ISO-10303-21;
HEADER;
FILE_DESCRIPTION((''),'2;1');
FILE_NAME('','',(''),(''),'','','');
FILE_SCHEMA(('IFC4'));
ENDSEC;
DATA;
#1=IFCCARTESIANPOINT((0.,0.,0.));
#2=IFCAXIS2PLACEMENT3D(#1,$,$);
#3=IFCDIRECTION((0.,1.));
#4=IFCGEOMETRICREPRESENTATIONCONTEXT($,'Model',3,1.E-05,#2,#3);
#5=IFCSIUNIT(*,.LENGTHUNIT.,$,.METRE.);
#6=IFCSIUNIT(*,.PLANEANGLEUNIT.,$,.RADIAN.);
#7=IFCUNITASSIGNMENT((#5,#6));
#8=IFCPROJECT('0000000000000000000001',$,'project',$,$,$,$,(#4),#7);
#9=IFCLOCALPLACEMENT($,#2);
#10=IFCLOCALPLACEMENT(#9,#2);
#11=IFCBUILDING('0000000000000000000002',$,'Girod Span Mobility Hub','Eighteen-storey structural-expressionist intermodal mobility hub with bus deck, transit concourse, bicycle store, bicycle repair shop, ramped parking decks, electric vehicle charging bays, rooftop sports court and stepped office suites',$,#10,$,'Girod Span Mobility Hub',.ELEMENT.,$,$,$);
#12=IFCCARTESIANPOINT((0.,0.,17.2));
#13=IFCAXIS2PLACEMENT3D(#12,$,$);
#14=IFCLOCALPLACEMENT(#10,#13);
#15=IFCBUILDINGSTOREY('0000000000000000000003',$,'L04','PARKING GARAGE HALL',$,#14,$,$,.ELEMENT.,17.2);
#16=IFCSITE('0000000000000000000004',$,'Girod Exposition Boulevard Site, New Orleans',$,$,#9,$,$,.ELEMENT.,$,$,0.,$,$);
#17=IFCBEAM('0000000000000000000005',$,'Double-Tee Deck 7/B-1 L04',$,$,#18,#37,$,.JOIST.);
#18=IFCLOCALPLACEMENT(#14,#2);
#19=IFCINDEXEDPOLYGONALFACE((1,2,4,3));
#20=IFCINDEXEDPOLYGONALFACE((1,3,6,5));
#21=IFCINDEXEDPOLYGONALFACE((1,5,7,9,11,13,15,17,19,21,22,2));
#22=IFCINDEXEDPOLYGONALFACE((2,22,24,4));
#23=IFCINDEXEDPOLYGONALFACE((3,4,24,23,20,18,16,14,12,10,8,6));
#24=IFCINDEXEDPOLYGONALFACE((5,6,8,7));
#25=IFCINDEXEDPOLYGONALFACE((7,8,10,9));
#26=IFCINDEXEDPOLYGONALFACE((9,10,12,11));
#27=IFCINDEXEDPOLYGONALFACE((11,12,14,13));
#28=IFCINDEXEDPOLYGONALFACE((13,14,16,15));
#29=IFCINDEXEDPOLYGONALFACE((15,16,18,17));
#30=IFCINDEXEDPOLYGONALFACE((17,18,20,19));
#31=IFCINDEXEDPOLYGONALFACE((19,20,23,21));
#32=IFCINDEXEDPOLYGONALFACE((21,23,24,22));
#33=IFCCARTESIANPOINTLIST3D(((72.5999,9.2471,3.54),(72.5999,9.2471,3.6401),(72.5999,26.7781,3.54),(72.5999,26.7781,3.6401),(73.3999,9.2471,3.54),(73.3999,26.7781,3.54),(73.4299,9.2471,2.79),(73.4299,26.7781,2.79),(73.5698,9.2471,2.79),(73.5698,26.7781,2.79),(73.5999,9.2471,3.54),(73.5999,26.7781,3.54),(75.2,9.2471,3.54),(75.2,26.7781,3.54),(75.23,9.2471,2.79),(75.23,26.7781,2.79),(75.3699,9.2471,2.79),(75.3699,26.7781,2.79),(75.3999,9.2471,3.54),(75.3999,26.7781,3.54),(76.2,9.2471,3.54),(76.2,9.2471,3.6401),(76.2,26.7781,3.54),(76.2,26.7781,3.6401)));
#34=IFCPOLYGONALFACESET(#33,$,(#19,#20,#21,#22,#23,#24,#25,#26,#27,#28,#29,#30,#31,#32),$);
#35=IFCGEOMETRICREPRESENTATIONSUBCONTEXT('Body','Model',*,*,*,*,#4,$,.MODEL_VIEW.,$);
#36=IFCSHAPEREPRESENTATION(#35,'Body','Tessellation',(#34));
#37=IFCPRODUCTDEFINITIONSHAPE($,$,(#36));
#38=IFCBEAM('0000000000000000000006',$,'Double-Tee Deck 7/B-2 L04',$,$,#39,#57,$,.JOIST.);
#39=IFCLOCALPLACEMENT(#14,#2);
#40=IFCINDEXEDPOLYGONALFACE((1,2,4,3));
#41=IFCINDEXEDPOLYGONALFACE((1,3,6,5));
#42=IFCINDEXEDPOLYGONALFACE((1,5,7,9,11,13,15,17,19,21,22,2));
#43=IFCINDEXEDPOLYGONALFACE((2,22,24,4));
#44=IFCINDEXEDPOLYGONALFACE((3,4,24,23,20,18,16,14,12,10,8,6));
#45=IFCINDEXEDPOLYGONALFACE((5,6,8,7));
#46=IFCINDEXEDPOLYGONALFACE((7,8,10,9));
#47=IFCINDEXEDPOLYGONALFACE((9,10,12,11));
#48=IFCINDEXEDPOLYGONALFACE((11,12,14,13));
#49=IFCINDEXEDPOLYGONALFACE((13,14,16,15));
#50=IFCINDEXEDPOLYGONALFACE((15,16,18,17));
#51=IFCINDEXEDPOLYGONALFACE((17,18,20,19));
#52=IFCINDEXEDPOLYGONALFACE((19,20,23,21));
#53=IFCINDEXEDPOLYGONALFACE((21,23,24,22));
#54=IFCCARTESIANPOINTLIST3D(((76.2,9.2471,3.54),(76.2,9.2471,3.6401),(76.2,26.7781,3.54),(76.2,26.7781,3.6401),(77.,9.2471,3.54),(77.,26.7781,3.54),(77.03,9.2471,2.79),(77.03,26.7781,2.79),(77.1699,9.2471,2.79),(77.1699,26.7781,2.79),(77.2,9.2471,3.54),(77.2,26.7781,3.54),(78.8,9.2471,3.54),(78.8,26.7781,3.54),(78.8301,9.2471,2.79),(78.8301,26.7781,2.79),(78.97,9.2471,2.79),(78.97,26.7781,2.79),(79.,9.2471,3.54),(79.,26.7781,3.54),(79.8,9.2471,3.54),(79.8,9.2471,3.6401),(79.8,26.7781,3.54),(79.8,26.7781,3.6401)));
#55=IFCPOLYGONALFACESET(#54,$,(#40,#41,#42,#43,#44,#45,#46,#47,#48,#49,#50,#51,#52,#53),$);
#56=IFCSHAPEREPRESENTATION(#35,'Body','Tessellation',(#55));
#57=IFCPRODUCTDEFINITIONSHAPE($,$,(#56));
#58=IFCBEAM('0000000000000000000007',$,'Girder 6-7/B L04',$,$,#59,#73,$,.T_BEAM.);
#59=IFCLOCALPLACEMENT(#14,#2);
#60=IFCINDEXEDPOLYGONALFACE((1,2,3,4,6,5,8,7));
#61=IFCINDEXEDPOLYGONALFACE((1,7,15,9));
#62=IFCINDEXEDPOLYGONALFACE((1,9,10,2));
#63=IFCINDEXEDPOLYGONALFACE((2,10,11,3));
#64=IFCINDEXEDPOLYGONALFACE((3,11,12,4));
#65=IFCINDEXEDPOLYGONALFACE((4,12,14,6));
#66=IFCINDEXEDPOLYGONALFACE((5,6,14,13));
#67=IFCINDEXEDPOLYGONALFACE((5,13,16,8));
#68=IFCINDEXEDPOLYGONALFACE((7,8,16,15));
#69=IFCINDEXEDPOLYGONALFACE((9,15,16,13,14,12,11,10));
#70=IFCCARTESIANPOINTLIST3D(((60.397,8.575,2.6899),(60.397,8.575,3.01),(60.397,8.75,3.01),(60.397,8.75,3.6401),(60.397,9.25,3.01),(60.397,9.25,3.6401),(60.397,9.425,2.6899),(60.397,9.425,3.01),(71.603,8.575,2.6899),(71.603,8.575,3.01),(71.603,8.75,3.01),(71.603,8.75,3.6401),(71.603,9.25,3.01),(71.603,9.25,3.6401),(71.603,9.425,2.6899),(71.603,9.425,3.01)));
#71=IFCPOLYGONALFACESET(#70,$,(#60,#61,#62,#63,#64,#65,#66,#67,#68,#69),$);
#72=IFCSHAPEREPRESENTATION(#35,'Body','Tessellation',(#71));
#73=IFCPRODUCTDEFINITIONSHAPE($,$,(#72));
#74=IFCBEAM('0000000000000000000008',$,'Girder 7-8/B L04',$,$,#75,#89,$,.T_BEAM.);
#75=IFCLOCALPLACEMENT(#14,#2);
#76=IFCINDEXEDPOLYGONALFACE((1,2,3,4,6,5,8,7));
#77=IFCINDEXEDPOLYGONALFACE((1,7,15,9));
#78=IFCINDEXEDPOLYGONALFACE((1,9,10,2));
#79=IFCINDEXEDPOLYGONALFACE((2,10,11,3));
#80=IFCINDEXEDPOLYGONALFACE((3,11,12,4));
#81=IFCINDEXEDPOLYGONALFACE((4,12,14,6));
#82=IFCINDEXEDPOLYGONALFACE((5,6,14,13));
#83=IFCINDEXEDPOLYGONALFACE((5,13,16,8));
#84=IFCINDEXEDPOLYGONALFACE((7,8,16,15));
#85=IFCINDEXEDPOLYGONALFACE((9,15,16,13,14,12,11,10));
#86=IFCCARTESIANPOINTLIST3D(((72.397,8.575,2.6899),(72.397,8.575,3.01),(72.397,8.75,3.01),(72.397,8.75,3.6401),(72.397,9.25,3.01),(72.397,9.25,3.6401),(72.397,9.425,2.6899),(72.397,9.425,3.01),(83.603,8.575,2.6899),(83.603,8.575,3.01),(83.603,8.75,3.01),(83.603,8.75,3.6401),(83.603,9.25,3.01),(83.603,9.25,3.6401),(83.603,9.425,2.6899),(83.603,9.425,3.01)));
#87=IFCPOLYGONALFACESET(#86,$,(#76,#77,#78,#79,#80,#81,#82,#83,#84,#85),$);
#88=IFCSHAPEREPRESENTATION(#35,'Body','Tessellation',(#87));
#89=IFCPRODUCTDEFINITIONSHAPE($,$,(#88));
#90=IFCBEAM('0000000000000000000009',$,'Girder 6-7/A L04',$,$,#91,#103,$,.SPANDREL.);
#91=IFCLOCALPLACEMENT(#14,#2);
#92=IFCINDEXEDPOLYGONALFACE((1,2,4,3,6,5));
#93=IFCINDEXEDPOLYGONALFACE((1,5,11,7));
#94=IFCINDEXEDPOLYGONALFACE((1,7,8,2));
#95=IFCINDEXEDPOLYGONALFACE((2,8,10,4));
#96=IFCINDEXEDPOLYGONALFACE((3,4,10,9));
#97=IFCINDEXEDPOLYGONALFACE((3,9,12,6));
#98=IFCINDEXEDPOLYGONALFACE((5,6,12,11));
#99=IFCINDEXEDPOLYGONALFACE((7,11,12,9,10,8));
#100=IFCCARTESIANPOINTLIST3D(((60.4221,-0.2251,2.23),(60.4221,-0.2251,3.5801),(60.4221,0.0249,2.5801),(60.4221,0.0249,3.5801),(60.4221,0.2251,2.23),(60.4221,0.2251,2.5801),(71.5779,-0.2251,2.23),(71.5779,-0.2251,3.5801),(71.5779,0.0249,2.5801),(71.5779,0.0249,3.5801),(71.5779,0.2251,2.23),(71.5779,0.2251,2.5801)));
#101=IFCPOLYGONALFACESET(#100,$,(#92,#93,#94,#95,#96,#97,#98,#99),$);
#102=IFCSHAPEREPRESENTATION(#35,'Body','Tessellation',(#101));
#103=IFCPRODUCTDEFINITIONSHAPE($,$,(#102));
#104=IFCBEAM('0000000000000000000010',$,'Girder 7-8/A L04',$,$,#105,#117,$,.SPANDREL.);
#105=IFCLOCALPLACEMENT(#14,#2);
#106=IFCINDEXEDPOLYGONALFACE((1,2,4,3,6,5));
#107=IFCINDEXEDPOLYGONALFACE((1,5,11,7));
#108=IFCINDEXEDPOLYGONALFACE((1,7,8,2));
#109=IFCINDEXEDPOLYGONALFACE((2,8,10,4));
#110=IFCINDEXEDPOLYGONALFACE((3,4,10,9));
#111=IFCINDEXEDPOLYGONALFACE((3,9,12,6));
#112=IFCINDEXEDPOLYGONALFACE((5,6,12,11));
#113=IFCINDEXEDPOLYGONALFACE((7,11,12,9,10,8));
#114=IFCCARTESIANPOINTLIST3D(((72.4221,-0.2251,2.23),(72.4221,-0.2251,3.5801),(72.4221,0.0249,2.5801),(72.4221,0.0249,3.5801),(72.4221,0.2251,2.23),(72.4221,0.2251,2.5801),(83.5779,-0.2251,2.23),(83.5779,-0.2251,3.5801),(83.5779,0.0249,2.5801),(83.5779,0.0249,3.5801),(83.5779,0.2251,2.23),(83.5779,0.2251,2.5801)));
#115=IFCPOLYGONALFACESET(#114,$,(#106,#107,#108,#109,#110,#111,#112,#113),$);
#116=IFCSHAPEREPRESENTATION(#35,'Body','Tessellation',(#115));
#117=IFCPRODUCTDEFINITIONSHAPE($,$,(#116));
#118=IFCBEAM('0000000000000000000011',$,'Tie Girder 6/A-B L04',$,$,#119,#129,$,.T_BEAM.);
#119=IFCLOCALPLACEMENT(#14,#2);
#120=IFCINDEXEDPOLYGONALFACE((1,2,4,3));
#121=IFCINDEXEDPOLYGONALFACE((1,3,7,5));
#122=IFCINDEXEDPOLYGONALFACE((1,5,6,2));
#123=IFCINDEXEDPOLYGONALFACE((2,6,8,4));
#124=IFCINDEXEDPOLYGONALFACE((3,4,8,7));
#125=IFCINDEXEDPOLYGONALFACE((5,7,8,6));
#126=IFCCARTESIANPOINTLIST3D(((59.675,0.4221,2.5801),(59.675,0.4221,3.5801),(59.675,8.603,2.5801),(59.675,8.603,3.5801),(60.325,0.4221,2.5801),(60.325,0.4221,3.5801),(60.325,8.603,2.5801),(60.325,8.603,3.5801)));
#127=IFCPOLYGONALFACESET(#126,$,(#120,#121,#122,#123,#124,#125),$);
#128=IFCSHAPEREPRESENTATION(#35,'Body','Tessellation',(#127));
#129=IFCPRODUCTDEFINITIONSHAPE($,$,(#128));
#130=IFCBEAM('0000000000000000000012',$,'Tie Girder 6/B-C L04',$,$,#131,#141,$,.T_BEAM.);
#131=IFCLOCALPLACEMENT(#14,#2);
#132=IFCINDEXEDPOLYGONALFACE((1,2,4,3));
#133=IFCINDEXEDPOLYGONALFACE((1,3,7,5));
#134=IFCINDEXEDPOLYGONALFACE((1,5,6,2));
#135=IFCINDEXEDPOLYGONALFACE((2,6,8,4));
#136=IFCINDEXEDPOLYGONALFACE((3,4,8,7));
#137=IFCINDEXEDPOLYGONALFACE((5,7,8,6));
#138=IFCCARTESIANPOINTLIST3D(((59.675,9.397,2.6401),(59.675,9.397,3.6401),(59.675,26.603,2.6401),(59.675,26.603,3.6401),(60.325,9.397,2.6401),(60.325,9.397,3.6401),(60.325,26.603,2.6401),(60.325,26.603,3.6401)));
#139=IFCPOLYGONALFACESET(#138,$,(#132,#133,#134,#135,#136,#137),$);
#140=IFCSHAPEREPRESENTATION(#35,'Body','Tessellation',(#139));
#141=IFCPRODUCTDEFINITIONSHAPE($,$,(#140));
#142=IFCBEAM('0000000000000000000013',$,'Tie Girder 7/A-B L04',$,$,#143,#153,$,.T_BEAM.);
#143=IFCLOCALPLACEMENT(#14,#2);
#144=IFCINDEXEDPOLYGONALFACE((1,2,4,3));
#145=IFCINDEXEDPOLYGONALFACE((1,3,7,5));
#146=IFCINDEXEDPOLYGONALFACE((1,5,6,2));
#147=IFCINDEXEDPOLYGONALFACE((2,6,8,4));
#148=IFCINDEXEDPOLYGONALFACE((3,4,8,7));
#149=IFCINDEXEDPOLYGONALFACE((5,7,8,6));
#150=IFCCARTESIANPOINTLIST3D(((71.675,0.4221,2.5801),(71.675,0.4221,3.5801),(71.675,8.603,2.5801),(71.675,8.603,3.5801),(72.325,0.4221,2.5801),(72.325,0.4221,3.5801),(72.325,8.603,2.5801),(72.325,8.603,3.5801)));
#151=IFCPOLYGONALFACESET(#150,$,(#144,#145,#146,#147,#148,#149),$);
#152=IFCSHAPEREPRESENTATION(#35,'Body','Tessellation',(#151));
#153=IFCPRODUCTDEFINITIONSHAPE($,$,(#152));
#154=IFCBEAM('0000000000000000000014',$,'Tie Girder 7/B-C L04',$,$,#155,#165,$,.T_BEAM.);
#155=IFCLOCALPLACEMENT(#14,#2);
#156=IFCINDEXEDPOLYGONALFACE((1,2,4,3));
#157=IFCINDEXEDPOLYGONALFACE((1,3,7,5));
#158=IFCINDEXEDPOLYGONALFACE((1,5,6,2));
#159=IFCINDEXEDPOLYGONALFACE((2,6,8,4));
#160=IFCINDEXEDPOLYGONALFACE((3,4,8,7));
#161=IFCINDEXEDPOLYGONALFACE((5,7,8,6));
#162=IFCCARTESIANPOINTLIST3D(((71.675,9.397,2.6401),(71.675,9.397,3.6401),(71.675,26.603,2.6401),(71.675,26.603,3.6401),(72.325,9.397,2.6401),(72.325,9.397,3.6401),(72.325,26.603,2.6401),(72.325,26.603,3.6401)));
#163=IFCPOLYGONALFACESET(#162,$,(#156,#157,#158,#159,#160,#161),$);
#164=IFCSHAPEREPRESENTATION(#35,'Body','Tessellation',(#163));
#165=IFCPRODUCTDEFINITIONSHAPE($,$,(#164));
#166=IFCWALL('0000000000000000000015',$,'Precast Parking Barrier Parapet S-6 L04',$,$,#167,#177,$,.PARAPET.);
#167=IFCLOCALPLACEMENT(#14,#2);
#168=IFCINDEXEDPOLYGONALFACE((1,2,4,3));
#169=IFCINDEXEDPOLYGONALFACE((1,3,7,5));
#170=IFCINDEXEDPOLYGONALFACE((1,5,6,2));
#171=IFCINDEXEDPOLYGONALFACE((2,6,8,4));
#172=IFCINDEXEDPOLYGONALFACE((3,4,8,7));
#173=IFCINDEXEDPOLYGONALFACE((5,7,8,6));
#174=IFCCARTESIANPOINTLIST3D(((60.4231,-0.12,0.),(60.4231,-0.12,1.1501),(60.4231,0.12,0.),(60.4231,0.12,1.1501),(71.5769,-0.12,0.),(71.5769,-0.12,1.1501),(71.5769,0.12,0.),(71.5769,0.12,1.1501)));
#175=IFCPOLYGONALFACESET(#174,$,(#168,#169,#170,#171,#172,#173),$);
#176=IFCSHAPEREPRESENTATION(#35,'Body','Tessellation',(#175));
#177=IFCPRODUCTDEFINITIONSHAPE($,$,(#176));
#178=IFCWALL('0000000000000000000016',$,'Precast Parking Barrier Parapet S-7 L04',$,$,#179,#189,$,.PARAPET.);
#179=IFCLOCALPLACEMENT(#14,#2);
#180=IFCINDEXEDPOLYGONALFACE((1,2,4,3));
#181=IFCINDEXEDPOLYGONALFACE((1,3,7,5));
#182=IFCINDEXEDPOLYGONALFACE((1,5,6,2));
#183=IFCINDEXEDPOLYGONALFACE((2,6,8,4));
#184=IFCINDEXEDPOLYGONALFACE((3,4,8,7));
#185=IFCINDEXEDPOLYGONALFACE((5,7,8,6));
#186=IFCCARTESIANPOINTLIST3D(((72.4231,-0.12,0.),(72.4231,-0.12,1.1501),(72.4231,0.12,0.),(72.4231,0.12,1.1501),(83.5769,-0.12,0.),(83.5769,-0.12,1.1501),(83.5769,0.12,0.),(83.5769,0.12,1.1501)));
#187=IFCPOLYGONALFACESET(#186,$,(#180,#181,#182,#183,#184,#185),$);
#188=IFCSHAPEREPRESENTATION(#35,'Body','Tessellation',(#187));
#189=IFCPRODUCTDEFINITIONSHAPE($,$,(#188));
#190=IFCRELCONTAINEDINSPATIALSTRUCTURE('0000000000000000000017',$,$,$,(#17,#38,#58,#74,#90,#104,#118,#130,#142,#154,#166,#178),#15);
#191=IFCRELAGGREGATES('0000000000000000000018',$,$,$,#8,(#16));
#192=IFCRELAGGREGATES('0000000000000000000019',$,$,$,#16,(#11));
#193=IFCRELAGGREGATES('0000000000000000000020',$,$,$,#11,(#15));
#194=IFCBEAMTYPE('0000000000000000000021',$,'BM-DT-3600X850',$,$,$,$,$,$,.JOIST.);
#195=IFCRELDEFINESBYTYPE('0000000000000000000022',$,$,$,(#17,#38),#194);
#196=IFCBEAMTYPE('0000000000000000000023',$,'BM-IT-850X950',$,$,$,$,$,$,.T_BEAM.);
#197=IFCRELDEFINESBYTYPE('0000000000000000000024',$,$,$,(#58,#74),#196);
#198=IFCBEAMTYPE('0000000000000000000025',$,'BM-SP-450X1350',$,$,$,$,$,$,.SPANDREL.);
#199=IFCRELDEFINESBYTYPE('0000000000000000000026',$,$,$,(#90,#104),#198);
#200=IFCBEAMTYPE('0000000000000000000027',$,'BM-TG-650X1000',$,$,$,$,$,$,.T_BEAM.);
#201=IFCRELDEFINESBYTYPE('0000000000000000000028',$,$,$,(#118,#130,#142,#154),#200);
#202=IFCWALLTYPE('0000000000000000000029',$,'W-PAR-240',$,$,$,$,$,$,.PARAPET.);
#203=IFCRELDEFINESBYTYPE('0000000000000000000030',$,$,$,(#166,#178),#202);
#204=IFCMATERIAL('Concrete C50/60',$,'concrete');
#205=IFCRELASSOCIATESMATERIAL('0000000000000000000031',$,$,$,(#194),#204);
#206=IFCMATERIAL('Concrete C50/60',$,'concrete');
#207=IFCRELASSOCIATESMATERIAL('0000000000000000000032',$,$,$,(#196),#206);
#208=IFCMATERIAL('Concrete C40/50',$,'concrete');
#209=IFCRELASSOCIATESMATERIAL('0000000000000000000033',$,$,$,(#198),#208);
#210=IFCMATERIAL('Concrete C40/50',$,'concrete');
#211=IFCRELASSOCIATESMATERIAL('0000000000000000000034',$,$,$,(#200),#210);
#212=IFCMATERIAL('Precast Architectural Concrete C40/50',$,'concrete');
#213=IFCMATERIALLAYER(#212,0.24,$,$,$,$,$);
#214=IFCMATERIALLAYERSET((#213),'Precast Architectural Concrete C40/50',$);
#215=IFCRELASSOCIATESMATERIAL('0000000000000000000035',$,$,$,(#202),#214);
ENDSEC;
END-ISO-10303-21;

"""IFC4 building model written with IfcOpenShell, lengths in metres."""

from ifc_helpers import new_model, si_unit, direction, frame, frame_2d, origin, origin_2d, place, context, subcontext, project, spatial, polyline, rectangle, outline, extrude, material, layer, layer_set, material_profile, profile_set, type_object, element, save


model = new_model("IFC4")

# Units and contexts
model_context = context("Model", 3, precision=1e-05, world=origin(), true_north=direction((0.0, 1.0)))
body_context = subcontext(model_context, "Body", "Model", "MODEL_VIEW")
ifc_project = project(units=[si_unit("LENGTHUNIT", "METRE"), si_unit("PLANEANGLEUNIT", "RADIAN")], contexts=[model_context])

# Site, building, storey
site_placement = place(None, origin())
site = spatial("IfcSite", under=ifc_project, at=site_placement, Name="Girod Exposition Boulevard Site, New Orleans", CompositionType="ELEMENT", RefElevation=0.0)
building_placement = place(site_placement, origin())
building = spatial("IfcBuilding", under=site, at=building_placement, Name="Girod Span Mobility Hub", Description="Eighteen-storey structural-expressionist intermodal mobility hub with bus deck, transit concourse, bicycle store, bicycle repair shop, ramped parking decks, electric vehicle charging bays, rooftop sports court and stepped office suites", LongName="Girod Span Mobility Hub", CompositionType="ELEMENT")
storey_placement = place(building_placement, frame((0.0, 0.0, 17.2)))
storey = spatial("IfcBuildingStorey", under=building, at=storey_placement, Name="L04", Description="PARKING GARAGE HALL", CompositionType="ELEMENT", Elevation=17.2)

# Beams
ifc_material_1 = material(Name="Concrete C50/60", Category="concrete")
ifc_material_profile_1 = material_profile(ifc_material_1, outline(polyline([(-1.8, 0.425), (-1.8, 0.325), (-1.0, 0.325), (-0.97, -0.425), (-0.8301, -0.425), (-0.8, 0.325), (0.8, 0.325), (0.8301, -0.425), (0.97, -0.425), (1.0, 0.325), (1.8, 0.325), (1.8, 0.425), (-1.8, 0.425)])), Name="DT-3600X850")
ifc_profile_set_1 = profile_set([ifc_material_profile_1], Name="Concrete C50/60")
beam_type_1 = type_object("IfcBeamType", Name="BM-DT-3600X850", PredefinedType="JOIST", material=ifc_profile_set_1)
for number, where, z_axis, x_axis, name in (
    (1, (74.3999, 9.2471, 3.2151), (0.0, 1.0, 0.0), (-1.0, 0.0, 0.0), "Double-Tee Deck 7/B-1 L04"),
    (2, (78.0, 9.2471, 3.2151), (0.0, 1.0, 0.0), (-1.0, 0.0, 0.0), "Double-Tee Deck 7/B-2 L04"),
):
    element("IfcBeam", number, at=place(storey_placement, frame(where, z_axis=z_axis, x_axis=x_axis)), inside=storey, type_object=beam_type_1, Name=name, PredefinedType="JOIST", context=body_context, shape_type="SweptSolid", body=[
        extrude(outline(polyline([(-1.8, 0.425), (-1.8, 0.325), (-1.0, 0.325), (-0.97, -0.425), (-0.8301, -0.425), (-0.8, 0.325), (0.8, 0.325), (0.8301, -0.425), (0.97, -0.425), (1.0, 0.325), (1.8, 0.325), (1.8, 0.425), (-1.8, 0.425)])), origin(), (0.0, 0.0, 1.0), 17.531),
    ])
ifc_material_2 = material(Name="Concrete C50/60", Category="concrete")
ifc_material_profile_2 = material_profile(ifc_material_2, outline(polyline([(-0.425, -0.4751), (0.425, -0.4751), (0.425, -0.155), (0.25, -0.155), (0.25, 0.4751), (-0.25, 0.4751), (-0.25, -0.155), (-0.425, -0.155), (-0.425, -0.4751)])), Name="IT-850X950")
ifc_profile_set_2 = profile_set([ifc_material_profile_2], Name="Concrete C50/60")
beam_type_2 = type_object("IfcBeamType", Name="BM-IT-850X950", PredefinedType="T_BEAM", material=ifc_profile_set_2)
for number, where, z_axis, x_axis, name in (
    (3, (60.397, 9.0, 3.165), (1.0, 0.0, 0.0), (0.0, 1.0, 0.0), "Girder 6-7/B L04"),
    (4, (72.397, 9.0, 3.165), (1.0, 0.0, 0.0), (0.0, 1.0, 0.0), "Girder 7-8/B L04"),
):
    element("IfcBeam", number, at=place(storey_placement, frame(where, z_axis=z_axis, x_axis=x_axis)), inside=storey, type_object=beam_type_2, Name=name, PredefinedType="T_BEAM", context=body_context, shape_type="SweptSolid", body=[
        extrude(outline(polyline([(-0.425, -0.4751), (0.425, -0.4751), (0.425, -0.155), (0.25, -0.155), (0.25, 0.4751), (-0.25, 0.4751), (-0.25, -0.155), (-0.425, -0.155), (-0.425, -0.4751)])), origin(), (0.0, 0.0, 1.0), 11.2061),
    ])
ifc_material_3 = material(Name="Concrete C40/50", Category="concrete")
ifc_material_profile_3 = material_profile(ifc_material_3, outline(polyline([(-0.2251, -0.675), (0.2251, -0.675), (0.2251, -0.325), (0.0249, -0.325), (0.0249, 0.675), (-0.2251, 0.675), (-0.2251, -0.675)])), Name="SP-450X1350")
ifc_profile_set_3 = profile_set([ifc_material_profile_3], Name="Concrete C40/50")
beam_type_3 = type_object("IfcBeamType", Name="BM-SP-450X1350", PredefinedType="SPANDREL", material=ifc_profile_set_3)
for number, where, z_axis, x_axis, name in (
    (5, (60.4221, 0.0, 2.905), (1.0, 0.0, 0.0), (0.0, 1.0, 0.0), "Girder 6-7/A L04"),
    (6, (72.4221, 0.0, 2.905), (1.0, 0.0, 0.0), (0.0, 1.0, 0.0), "Girder 7-8/A L04"),
):
    element("IfcBeam", number, at=place(storey_placement, frame(where, z_axis=z_axis, x_axis=x_axis)), inside=storey, type_object=beam_type_3, Name=name, PredefinedType="SPANDREL", context=body_context, shape_type="SweptSolid", body=[
        extrude(outline(polyline([(-0.2251, -0.675), (0.2251, -0.675), (0.2251, -0.325), (0.0249, -0.325), (0.0249, 0.675), (-0.2251, 0.675), (-0.2251, -0.675)])), origin(), (0.0, 0.0, 1.0), 11.1558),
    ])
ifc_material_4 = material(Name="Concrete C40/50", Category="concrete")
ifc_material_profile_4 = material_profile(ifc_material_4, rectangle(XDim=0.6499, YDim=1.0, at=origin_2d()), Name="TG-650X1000")
ifc_profile_set_4 = profile_set([ifc_material_profile_4], Name="Concrete C40/50")
beam_type_4 = type_object("IfcBeamType", Name="BM-TG-650X1000", PredefinedType="T_BEAM", material=ifc_profile_set_4)
beam_1_placement = place(storey_placement, frame((60.0, 0.4221, 3.0801), z_axis=(0.0, 1.0, 0.0), x_axis=(-1.0, 0.0, 0.0)))
element("IfcBeam", 7, at=beam_1_placement, inside=storey, type_object=beam_type_4, Name="Tie Girder 6/A-B L04", PredefinedType="T_BEAM", context=body_context, shape_type="SweptSolid", body=[
    extrude(rectangle(XDim=0.6499, YDim=1.0, at=origin_2d()), origin(), (0.0, 0.0, 1.0), 8.1809),
])
beam_2_placement = place(storey_placement, frame((60.0, 9.397, 3.1401), z_axis=(0.0, 1.0, 0.0), x_axis=(-1.0, 0.0, 0.0)))
element("IfcBeam", 8, at=beam_2_placement, inside=storey, type_object=beam_type_4, Name="Tie Girder 6/B-C L04", PredefinedType="T_BEAM", context=body_context, shape_type="SweptSolid", body=[
    extrude(rectangle(XDim=0.6499, YDim=1.0, at=origin_2d()), origin(), (0.0, 0.0, 1.0), 17.2061),
])
beam_3_placement = place(storey_placement, frame((72.0, 0.4221, 3.0801), z_axis=(0.0, 1.0, 0.0), x_axis=(-1.0, 0.0, 0.0)))
element("IfcBeam", 9, at=beam_3_placement, inside=storey, type_object=beam_type_4, Name="Tie Girder 7/A-B L04", PredefinedType="T_BEAM", context=body_context, shape_type="SweptSolid", body=[
    extrude(rectangle(XDim=0.6499, YDim=1.0, at=origin_2d()), origin(), (0.0, 0.0, 1.0), 8.1809),
])
beam_4_placement = place(storey_placement, frame((72.0, 9.397, 3.1401), z_axis=(0.0, 1.0, 0.0), x_axis=(-1.0, 0.0, 0.0)))
element("IfcBeam", 10, at=beam_4_placement, inside=storey, type_object=beam_type_4, Name="Tie Girder 7/B-C L04", PredefinedType="T_BEAM", context=body_context, shape_type="SweptSolid", body=[
    extrude(rectangle(XDim=0.6499, YDim=1.0, at=origin_2d()), origin(), (0.0, 0.0, 1.0), 17.2061),
])

# Walls
ifc_material_5 = material(Name="Precast Architectural Concrete C40/50", Category="concrete")
ifc_layer = layer(ifc_material_5, 0.24)
ifc_layer_set = layer_set([ifc_layer], Name="Precast Architectural Concrete C40/50")
wall_type = type_object("IfcWallType", Name="W-PAR-240", PredefinedType="PARAPET", material=ifc_layer_set)
for number, where, z_axis, x_axis, name in (
    (11, (60.4231, 0.0, 0.0), (0.0, 0.0, 1.0), (1.0, 0.0, 0.0), "Precast Parking Barrier Parapet S-6 L04"),
    (12, (72.4231, 0.0, 0.0), (0.0, 0.0, 1.0), (1.0, 0.0, 0.0), "Precast Parking Barrier Parapet S-7 L04"),
):
    element("IfcWall", number, at=place(storey_placement, frame(where, z_axis=z_axis, x_axis=x_axis)), inside=storey, type_object=wall_type, Name=name, PredefinedType="PARAPET", context=body_context, shape_type="SweptSolid", body=[
        extrude(rectangle(XDim=11.1538, YDim=0.24, at=frame_2d((5.5769, 0.0))), origin(), (0.0, 0.0, 1.0), 1.1501),
    ])

save(model, "model.ifc")
